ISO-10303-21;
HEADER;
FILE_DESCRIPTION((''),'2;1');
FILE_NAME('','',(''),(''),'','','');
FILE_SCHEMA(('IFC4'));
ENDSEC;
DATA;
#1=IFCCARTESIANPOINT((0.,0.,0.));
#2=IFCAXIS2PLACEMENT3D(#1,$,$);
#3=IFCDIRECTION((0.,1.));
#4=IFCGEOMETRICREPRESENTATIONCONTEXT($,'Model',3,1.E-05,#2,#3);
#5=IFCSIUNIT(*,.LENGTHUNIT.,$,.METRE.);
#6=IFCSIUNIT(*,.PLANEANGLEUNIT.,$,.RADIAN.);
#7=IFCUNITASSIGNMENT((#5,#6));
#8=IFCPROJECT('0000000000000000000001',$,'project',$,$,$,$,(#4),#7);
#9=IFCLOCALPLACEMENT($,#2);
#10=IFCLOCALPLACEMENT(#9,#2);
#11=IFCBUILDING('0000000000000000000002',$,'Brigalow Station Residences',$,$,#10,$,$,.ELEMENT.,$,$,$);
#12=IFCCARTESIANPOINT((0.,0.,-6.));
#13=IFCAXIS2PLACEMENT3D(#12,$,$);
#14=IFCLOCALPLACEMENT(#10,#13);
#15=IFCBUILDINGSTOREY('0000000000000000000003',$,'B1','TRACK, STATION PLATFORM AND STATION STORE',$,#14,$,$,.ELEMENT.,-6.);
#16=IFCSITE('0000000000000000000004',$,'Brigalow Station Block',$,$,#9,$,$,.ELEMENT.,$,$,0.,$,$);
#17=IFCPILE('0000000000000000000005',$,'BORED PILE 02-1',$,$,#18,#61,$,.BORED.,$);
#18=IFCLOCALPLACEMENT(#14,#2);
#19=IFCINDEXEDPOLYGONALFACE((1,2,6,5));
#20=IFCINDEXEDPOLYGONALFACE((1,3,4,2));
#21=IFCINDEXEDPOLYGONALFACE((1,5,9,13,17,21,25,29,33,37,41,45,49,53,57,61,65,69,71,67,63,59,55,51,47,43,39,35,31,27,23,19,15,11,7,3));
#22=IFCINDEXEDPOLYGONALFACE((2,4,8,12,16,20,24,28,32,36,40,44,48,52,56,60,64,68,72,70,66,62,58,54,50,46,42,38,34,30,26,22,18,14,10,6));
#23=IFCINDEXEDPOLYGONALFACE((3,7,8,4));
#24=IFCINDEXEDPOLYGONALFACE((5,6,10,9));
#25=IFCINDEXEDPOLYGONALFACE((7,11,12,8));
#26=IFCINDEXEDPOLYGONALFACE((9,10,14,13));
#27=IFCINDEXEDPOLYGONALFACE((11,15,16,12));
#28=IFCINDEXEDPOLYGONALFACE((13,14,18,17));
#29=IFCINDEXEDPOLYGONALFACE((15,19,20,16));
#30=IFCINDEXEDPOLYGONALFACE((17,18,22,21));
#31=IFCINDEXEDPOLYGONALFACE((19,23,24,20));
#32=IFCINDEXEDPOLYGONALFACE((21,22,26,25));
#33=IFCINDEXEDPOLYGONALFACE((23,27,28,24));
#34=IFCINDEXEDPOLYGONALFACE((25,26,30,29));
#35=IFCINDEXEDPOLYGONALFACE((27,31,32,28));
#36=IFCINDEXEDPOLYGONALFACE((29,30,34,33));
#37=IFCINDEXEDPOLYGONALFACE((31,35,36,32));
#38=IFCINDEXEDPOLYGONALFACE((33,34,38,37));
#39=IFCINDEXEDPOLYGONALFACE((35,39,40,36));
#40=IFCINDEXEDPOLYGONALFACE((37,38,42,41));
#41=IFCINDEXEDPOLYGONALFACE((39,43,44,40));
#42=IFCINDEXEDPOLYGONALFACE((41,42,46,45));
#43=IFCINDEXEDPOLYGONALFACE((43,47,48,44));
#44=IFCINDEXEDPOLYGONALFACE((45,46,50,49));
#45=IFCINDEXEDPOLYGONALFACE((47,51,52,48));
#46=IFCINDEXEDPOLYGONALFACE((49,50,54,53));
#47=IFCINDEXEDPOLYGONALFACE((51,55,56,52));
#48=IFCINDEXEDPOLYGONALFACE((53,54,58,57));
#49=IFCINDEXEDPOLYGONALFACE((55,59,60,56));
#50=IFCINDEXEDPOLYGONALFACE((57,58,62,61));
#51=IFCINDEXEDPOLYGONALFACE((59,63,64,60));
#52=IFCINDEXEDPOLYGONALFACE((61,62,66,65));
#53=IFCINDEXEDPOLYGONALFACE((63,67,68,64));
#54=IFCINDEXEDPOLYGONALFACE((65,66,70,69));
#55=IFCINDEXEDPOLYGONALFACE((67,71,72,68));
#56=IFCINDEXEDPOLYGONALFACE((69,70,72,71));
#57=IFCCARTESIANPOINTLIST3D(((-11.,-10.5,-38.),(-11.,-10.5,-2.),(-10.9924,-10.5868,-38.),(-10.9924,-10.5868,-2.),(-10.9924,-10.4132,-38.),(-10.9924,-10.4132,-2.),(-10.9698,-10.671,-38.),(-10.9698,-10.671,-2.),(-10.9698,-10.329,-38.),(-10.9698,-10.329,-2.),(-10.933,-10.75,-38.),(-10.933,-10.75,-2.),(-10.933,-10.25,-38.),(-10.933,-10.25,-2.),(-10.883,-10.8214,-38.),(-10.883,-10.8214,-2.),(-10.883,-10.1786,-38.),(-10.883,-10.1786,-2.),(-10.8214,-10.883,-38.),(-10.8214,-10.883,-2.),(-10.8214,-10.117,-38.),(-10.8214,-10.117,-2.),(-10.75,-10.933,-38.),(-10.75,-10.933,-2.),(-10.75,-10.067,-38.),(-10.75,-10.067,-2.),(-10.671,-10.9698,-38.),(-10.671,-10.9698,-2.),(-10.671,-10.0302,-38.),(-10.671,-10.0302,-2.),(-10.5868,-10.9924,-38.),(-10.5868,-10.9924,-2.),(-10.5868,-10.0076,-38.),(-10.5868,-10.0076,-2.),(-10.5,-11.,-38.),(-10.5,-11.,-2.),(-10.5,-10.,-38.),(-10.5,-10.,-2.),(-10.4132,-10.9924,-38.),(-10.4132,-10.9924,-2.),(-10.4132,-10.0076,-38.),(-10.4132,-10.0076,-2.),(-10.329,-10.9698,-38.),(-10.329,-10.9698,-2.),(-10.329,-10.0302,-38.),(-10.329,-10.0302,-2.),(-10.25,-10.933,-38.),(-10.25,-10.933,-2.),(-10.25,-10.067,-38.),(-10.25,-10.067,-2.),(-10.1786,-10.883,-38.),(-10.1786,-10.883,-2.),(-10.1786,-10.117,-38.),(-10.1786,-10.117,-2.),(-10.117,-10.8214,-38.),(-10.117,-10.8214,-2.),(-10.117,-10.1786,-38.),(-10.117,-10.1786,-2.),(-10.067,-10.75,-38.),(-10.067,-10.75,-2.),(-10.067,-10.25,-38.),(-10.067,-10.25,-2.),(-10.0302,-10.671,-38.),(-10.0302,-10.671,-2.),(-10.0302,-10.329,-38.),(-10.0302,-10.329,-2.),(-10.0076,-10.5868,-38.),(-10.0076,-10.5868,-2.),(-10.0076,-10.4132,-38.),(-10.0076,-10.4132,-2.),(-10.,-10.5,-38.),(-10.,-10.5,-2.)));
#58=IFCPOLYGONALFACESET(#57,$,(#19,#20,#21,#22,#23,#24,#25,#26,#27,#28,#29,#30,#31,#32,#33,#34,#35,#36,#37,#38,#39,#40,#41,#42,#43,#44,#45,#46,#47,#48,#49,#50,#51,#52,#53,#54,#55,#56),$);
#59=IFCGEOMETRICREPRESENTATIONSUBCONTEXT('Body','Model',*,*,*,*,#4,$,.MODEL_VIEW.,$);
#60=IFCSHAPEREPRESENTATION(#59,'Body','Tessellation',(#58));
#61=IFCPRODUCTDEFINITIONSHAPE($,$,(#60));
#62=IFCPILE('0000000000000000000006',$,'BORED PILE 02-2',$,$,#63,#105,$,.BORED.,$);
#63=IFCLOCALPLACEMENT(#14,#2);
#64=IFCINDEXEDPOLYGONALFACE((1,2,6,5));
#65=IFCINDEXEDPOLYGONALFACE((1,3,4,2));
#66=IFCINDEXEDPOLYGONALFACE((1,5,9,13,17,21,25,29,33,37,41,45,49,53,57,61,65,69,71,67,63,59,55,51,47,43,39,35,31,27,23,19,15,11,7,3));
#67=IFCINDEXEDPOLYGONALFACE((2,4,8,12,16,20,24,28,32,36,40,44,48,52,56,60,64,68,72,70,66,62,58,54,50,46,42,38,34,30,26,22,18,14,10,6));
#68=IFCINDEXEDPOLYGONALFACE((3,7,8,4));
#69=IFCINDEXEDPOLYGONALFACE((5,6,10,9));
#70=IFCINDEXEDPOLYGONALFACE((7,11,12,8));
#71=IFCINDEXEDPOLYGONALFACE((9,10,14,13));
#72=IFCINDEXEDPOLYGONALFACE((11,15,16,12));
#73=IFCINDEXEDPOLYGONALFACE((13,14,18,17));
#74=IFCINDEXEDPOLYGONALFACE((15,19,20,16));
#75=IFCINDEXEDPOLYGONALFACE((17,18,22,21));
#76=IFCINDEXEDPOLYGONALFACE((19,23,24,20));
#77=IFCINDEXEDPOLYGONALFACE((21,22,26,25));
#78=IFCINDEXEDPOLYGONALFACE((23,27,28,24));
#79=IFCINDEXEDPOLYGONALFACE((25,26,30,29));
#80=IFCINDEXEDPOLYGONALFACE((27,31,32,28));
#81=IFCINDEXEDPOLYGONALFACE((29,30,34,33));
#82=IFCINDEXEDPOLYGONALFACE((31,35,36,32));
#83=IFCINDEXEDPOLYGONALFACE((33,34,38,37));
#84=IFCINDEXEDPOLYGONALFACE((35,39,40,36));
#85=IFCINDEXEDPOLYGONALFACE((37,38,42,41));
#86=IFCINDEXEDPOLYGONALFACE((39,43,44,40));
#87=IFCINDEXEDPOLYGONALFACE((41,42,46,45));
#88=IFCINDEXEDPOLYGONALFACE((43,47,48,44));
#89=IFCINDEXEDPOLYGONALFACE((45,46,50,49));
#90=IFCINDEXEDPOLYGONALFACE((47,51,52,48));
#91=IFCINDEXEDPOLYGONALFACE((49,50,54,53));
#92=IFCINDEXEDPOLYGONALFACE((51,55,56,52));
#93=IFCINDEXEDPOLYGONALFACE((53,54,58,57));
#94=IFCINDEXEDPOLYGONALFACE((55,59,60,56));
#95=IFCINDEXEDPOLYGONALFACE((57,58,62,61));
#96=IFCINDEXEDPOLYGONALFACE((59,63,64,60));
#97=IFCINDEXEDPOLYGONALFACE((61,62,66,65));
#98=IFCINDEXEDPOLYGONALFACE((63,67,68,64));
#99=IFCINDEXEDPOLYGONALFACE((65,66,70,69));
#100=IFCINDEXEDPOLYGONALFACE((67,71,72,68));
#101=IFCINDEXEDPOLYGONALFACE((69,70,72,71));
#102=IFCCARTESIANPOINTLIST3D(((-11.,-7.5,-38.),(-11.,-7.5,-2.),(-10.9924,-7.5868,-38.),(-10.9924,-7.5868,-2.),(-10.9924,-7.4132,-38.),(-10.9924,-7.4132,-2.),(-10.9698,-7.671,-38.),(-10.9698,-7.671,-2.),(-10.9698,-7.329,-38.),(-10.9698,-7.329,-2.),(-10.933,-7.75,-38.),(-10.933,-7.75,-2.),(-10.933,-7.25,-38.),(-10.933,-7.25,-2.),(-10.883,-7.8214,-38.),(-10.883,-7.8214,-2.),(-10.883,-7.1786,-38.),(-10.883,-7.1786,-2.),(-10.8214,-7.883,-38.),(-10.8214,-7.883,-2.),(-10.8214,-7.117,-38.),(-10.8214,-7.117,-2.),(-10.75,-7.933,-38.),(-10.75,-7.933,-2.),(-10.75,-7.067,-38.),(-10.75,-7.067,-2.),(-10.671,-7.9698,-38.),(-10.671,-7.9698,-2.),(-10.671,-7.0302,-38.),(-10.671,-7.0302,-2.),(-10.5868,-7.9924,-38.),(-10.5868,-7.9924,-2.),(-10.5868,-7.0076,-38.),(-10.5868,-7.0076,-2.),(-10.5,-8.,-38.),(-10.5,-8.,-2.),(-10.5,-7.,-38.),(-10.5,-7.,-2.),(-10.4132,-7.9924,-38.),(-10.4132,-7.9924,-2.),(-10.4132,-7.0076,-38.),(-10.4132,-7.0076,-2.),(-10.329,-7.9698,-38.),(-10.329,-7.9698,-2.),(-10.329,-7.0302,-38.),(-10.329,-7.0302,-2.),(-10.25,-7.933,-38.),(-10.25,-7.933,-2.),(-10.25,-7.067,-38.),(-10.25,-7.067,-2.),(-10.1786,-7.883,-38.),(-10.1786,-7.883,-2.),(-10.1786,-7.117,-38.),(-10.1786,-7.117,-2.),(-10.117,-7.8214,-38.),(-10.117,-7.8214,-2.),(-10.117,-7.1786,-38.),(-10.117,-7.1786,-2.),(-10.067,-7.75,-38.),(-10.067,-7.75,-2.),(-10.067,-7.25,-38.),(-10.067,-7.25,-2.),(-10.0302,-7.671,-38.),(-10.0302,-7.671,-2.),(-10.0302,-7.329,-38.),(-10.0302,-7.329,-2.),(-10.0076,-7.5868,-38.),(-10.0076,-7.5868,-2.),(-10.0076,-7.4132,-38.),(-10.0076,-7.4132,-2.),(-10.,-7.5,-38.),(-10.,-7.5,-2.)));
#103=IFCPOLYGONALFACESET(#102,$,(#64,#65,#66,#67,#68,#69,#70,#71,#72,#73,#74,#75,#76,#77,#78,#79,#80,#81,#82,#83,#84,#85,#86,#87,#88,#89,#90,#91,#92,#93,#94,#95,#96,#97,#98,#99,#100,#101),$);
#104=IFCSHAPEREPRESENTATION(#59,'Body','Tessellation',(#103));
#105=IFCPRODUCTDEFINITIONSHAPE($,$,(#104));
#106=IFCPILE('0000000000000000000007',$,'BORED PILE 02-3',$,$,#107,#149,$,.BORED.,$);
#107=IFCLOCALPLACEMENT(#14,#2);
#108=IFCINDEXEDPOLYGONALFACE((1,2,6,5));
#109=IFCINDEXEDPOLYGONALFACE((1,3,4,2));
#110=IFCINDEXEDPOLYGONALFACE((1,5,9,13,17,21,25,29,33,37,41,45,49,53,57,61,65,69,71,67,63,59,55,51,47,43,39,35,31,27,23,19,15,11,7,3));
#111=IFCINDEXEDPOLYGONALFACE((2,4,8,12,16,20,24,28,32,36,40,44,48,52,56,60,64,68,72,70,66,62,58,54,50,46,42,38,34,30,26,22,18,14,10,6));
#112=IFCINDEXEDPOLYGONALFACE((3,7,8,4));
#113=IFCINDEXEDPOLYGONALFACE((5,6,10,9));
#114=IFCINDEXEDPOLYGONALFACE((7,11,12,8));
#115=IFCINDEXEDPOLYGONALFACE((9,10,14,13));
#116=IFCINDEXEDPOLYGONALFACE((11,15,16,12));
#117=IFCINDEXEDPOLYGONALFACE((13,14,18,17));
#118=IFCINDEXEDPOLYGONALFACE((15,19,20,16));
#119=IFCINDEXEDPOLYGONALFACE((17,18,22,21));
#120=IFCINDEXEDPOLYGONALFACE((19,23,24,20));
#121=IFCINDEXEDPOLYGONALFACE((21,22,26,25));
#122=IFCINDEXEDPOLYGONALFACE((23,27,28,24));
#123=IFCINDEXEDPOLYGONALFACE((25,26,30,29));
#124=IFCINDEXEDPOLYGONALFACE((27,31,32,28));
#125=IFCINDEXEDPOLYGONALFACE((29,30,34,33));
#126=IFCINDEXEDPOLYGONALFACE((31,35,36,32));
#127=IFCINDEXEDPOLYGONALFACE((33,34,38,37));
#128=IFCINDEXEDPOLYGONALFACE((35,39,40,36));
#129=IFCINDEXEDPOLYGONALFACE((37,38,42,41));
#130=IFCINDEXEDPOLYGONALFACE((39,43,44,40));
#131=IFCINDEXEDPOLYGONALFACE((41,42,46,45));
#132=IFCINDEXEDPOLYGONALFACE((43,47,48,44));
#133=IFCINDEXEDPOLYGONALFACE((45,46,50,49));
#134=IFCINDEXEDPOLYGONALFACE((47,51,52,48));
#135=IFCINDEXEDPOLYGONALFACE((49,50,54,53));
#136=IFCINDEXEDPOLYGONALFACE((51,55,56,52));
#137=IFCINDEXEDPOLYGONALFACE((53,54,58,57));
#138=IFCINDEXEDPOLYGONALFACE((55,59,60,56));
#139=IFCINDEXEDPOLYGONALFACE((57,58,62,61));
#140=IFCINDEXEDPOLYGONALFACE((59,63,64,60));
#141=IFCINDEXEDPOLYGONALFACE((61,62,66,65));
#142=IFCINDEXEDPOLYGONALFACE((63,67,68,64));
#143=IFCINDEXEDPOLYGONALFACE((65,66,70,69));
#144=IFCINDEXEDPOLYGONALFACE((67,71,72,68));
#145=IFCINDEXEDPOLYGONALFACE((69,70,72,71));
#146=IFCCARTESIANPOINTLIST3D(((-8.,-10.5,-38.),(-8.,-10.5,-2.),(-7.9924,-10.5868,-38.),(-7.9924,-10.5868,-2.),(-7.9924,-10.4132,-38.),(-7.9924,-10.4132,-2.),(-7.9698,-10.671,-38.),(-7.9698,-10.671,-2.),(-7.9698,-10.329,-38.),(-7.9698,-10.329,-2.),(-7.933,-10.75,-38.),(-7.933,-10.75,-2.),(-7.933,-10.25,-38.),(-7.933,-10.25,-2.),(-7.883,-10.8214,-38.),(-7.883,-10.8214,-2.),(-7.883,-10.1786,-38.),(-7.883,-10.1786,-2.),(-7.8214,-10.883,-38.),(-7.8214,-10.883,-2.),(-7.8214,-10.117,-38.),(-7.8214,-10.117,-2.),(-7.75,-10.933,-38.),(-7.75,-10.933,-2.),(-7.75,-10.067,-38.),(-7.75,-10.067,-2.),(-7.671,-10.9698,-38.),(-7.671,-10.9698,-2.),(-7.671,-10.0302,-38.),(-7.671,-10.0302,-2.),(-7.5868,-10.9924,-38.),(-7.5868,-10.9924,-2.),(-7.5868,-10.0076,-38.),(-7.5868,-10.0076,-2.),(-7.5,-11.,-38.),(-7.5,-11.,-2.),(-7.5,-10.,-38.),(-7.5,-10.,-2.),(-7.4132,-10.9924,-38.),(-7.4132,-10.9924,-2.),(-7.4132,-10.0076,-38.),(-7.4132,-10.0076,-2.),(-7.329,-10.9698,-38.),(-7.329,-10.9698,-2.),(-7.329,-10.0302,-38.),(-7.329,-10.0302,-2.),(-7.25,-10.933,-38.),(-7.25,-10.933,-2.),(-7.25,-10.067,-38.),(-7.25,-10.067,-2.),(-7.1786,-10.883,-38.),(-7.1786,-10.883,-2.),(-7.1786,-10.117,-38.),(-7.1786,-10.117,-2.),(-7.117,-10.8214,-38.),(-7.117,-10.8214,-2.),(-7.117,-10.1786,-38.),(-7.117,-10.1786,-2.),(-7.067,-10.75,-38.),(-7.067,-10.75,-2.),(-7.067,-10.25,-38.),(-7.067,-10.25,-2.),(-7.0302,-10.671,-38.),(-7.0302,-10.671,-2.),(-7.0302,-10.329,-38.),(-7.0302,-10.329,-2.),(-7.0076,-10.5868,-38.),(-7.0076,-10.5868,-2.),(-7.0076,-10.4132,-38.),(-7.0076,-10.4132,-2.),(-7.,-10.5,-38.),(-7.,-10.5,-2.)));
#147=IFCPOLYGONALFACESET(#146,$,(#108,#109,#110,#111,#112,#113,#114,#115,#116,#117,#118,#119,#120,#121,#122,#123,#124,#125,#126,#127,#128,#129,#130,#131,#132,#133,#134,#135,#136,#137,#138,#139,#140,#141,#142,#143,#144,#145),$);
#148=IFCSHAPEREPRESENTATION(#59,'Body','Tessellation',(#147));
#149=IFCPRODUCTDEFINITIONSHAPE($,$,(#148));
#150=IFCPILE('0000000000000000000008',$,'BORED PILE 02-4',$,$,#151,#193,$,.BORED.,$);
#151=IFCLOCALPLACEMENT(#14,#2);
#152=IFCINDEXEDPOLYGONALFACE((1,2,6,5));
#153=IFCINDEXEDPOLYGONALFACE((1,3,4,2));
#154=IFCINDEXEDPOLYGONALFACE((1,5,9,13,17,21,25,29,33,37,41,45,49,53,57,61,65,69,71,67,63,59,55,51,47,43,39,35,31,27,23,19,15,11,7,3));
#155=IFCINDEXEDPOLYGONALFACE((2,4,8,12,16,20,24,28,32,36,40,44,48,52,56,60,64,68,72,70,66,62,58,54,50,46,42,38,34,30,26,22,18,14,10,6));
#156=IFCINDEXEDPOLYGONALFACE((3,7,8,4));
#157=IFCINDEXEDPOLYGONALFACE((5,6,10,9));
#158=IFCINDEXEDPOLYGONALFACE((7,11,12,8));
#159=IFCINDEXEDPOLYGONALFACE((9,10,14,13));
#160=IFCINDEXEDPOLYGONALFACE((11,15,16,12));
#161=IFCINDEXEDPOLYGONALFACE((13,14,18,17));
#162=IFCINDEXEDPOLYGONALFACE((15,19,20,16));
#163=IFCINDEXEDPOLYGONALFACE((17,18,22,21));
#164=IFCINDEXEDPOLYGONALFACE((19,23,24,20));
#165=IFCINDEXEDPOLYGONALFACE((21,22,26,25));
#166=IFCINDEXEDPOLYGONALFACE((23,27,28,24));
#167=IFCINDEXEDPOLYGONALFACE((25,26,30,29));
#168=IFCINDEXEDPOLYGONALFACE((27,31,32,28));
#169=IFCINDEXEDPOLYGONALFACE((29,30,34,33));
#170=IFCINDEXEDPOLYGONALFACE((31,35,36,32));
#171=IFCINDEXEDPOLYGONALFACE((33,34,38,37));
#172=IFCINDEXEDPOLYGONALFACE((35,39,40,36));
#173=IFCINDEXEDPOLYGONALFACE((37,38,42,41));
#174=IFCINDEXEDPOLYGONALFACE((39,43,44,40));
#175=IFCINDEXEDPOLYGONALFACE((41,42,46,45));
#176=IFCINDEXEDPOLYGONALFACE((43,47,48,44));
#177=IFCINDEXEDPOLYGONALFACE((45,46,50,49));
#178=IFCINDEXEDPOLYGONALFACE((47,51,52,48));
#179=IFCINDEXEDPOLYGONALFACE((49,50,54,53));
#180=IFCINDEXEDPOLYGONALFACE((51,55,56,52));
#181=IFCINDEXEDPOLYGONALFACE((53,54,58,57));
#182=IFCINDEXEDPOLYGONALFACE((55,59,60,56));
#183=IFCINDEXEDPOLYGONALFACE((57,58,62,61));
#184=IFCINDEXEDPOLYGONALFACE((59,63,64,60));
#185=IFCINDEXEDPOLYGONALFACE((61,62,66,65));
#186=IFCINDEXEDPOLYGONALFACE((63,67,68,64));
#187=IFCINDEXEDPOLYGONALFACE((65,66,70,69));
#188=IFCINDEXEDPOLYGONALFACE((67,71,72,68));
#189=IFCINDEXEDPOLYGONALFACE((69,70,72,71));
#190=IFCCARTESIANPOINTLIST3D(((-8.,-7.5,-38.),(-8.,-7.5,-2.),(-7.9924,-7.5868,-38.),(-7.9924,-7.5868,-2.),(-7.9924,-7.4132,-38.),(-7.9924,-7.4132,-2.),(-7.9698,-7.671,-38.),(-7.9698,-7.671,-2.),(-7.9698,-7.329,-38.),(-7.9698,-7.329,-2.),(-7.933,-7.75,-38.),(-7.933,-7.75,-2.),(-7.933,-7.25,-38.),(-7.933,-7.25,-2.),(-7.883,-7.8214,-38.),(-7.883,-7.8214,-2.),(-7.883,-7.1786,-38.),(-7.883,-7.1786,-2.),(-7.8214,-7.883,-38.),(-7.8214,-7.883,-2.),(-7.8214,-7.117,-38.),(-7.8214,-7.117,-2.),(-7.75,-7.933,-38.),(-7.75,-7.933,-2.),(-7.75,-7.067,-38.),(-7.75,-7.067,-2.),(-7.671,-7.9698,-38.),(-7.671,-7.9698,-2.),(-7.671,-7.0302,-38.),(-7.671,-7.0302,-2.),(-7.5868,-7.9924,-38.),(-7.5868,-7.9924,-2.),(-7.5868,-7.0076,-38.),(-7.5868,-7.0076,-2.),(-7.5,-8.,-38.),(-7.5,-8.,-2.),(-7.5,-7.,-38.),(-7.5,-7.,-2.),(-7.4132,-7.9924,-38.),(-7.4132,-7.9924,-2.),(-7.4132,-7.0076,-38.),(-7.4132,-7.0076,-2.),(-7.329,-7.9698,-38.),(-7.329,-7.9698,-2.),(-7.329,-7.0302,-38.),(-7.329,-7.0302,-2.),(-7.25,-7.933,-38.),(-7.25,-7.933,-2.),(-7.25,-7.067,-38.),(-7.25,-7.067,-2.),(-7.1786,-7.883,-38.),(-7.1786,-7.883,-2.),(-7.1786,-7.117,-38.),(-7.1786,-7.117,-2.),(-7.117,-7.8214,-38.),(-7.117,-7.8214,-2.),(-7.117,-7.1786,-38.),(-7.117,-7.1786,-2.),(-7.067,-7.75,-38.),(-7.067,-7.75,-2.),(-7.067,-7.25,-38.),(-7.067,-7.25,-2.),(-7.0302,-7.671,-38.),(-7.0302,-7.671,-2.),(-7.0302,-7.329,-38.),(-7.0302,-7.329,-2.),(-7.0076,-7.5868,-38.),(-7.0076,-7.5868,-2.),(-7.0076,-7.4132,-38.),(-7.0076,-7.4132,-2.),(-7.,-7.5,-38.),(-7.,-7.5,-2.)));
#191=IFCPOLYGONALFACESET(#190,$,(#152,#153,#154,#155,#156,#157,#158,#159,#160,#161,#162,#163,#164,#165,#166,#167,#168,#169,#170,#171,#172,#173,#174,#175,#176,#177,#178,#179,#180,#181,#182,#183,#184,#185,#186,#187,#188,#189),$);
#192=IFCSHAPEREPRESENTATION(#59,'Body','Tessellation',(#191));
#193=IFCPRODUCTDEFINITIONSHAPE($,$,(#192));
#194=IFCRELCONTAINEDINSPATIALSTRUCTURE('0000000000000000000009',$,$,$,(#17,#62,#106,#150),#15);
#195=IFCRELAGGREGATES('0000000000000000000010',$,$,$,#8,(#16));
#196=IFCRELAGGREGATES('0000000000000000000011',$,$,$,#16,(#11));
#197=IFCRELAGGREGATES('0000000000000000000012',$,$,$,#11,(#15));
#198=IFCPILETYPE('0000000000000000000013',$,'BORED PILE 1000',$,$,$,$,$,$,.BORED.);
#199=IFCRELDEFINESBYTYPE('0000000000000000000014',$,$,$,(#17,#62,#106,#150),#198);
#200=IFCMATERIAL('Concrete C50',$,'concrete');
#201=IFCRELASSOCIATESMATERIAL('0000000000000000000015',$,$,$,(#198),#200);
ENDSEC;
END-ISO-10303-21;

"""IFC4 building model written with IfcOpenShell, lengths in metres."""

from ifc_helpers import new_model, si_unit, direction, frame, origin, origin_2d, place, context, subcontext, project, spatial, circle, extrude, material, material_profile, profile_set, type_object, element, save


model = new_model("IFC4")

# Units and contexts
model_context = context("Model", 3, precision=1e-05, world=origin(), true_north=direction((0.0, 1.0)))
body_context = subcontext(model_context, "Body", "Model", "MODEL_VIEW")
ifc_project = project(units=[si_unit("LENGTHUNIT", "METRE"), si_unit("PLANEANGLEUNIT", "RADIAN")], contexts=[model_context])

# Site, building, storey
site_placement = place(None, origin())
site = spatial("IfcSite", under=ifc_project, at=site_placement, Name="Brigalow Station Block", CompositionType="ELEMENT", RefElevation=0.0)
building_placement = place(site_placement, origin())
building = spatial("IfcBuilding", under=site, at=building_placement, Name="Brigalow Station Residences", CompositionType="ELEMENT")
storey_placement = place(building_placement, frame((0.0, 0.0, -6.0)))
storey = spatial("IfcBuildingStorey", under=building, at=storey_placement, Name="B1", Description="TRACK, STATION PLATFORM AND STATION STORE", CompositionType="ELEMENT", Elevation=-6.0)

# Piles
ifc_material_1 = material(Name="Concrete C50", Category="concrete")
ifc_material_profile_1 = material_profile(ifc_material_1, circle(Radius=0.5, at=origin_2d()), Name="BP1000")
ifc_profile_set_1 = profile_set([ifc_material_profile_1], Name="Concrete C50")
pile_type_1 = type_object("IfcPileType", Name="BORED PILE 1000", PredefinedType="BORED", material=ifc_profile_set_1)
for number, where, z_axis, x_axis, name in (
    (1, (-10.5, -10.5, -2.0), (0.0, 0.0, -1.0), (1.0, 0.0, 0.0), "BORED PILE 02-1"),
    (2, (-10.5, -7.5, -2.0), (0.0, 0.0, -1.0), (1.0, 0.0, 0.0), "BORED PILE 02-2"),
    (3, (-7.5, -10.5, -2.0), (0.0, 0.0, -1.0), (1.0, 0.0, 0.0), "BORED PILE 02-3"),
    (4, (-7.5, -7.5, -2.0), (0.0, 0.0, -1.0), (1.0, 0.0, 0.0), "BORED PILE 02-4"),
):
    element("IfcPile", number, at=place(storey_placement, frame(where, z_axis=z_axis, x_axis=x_axis)), inside=storey, type_object=pile_type_1, Name=name, PredefinedType="BORED", context=body_context, shape_type="SweptSolid", body=[
        extrude(circle(Radius=0.5, at=origin_2d()), origin(), (0.0, 0.0, 1.0), 36.0),
    ])

save(model, "model.ifc")
